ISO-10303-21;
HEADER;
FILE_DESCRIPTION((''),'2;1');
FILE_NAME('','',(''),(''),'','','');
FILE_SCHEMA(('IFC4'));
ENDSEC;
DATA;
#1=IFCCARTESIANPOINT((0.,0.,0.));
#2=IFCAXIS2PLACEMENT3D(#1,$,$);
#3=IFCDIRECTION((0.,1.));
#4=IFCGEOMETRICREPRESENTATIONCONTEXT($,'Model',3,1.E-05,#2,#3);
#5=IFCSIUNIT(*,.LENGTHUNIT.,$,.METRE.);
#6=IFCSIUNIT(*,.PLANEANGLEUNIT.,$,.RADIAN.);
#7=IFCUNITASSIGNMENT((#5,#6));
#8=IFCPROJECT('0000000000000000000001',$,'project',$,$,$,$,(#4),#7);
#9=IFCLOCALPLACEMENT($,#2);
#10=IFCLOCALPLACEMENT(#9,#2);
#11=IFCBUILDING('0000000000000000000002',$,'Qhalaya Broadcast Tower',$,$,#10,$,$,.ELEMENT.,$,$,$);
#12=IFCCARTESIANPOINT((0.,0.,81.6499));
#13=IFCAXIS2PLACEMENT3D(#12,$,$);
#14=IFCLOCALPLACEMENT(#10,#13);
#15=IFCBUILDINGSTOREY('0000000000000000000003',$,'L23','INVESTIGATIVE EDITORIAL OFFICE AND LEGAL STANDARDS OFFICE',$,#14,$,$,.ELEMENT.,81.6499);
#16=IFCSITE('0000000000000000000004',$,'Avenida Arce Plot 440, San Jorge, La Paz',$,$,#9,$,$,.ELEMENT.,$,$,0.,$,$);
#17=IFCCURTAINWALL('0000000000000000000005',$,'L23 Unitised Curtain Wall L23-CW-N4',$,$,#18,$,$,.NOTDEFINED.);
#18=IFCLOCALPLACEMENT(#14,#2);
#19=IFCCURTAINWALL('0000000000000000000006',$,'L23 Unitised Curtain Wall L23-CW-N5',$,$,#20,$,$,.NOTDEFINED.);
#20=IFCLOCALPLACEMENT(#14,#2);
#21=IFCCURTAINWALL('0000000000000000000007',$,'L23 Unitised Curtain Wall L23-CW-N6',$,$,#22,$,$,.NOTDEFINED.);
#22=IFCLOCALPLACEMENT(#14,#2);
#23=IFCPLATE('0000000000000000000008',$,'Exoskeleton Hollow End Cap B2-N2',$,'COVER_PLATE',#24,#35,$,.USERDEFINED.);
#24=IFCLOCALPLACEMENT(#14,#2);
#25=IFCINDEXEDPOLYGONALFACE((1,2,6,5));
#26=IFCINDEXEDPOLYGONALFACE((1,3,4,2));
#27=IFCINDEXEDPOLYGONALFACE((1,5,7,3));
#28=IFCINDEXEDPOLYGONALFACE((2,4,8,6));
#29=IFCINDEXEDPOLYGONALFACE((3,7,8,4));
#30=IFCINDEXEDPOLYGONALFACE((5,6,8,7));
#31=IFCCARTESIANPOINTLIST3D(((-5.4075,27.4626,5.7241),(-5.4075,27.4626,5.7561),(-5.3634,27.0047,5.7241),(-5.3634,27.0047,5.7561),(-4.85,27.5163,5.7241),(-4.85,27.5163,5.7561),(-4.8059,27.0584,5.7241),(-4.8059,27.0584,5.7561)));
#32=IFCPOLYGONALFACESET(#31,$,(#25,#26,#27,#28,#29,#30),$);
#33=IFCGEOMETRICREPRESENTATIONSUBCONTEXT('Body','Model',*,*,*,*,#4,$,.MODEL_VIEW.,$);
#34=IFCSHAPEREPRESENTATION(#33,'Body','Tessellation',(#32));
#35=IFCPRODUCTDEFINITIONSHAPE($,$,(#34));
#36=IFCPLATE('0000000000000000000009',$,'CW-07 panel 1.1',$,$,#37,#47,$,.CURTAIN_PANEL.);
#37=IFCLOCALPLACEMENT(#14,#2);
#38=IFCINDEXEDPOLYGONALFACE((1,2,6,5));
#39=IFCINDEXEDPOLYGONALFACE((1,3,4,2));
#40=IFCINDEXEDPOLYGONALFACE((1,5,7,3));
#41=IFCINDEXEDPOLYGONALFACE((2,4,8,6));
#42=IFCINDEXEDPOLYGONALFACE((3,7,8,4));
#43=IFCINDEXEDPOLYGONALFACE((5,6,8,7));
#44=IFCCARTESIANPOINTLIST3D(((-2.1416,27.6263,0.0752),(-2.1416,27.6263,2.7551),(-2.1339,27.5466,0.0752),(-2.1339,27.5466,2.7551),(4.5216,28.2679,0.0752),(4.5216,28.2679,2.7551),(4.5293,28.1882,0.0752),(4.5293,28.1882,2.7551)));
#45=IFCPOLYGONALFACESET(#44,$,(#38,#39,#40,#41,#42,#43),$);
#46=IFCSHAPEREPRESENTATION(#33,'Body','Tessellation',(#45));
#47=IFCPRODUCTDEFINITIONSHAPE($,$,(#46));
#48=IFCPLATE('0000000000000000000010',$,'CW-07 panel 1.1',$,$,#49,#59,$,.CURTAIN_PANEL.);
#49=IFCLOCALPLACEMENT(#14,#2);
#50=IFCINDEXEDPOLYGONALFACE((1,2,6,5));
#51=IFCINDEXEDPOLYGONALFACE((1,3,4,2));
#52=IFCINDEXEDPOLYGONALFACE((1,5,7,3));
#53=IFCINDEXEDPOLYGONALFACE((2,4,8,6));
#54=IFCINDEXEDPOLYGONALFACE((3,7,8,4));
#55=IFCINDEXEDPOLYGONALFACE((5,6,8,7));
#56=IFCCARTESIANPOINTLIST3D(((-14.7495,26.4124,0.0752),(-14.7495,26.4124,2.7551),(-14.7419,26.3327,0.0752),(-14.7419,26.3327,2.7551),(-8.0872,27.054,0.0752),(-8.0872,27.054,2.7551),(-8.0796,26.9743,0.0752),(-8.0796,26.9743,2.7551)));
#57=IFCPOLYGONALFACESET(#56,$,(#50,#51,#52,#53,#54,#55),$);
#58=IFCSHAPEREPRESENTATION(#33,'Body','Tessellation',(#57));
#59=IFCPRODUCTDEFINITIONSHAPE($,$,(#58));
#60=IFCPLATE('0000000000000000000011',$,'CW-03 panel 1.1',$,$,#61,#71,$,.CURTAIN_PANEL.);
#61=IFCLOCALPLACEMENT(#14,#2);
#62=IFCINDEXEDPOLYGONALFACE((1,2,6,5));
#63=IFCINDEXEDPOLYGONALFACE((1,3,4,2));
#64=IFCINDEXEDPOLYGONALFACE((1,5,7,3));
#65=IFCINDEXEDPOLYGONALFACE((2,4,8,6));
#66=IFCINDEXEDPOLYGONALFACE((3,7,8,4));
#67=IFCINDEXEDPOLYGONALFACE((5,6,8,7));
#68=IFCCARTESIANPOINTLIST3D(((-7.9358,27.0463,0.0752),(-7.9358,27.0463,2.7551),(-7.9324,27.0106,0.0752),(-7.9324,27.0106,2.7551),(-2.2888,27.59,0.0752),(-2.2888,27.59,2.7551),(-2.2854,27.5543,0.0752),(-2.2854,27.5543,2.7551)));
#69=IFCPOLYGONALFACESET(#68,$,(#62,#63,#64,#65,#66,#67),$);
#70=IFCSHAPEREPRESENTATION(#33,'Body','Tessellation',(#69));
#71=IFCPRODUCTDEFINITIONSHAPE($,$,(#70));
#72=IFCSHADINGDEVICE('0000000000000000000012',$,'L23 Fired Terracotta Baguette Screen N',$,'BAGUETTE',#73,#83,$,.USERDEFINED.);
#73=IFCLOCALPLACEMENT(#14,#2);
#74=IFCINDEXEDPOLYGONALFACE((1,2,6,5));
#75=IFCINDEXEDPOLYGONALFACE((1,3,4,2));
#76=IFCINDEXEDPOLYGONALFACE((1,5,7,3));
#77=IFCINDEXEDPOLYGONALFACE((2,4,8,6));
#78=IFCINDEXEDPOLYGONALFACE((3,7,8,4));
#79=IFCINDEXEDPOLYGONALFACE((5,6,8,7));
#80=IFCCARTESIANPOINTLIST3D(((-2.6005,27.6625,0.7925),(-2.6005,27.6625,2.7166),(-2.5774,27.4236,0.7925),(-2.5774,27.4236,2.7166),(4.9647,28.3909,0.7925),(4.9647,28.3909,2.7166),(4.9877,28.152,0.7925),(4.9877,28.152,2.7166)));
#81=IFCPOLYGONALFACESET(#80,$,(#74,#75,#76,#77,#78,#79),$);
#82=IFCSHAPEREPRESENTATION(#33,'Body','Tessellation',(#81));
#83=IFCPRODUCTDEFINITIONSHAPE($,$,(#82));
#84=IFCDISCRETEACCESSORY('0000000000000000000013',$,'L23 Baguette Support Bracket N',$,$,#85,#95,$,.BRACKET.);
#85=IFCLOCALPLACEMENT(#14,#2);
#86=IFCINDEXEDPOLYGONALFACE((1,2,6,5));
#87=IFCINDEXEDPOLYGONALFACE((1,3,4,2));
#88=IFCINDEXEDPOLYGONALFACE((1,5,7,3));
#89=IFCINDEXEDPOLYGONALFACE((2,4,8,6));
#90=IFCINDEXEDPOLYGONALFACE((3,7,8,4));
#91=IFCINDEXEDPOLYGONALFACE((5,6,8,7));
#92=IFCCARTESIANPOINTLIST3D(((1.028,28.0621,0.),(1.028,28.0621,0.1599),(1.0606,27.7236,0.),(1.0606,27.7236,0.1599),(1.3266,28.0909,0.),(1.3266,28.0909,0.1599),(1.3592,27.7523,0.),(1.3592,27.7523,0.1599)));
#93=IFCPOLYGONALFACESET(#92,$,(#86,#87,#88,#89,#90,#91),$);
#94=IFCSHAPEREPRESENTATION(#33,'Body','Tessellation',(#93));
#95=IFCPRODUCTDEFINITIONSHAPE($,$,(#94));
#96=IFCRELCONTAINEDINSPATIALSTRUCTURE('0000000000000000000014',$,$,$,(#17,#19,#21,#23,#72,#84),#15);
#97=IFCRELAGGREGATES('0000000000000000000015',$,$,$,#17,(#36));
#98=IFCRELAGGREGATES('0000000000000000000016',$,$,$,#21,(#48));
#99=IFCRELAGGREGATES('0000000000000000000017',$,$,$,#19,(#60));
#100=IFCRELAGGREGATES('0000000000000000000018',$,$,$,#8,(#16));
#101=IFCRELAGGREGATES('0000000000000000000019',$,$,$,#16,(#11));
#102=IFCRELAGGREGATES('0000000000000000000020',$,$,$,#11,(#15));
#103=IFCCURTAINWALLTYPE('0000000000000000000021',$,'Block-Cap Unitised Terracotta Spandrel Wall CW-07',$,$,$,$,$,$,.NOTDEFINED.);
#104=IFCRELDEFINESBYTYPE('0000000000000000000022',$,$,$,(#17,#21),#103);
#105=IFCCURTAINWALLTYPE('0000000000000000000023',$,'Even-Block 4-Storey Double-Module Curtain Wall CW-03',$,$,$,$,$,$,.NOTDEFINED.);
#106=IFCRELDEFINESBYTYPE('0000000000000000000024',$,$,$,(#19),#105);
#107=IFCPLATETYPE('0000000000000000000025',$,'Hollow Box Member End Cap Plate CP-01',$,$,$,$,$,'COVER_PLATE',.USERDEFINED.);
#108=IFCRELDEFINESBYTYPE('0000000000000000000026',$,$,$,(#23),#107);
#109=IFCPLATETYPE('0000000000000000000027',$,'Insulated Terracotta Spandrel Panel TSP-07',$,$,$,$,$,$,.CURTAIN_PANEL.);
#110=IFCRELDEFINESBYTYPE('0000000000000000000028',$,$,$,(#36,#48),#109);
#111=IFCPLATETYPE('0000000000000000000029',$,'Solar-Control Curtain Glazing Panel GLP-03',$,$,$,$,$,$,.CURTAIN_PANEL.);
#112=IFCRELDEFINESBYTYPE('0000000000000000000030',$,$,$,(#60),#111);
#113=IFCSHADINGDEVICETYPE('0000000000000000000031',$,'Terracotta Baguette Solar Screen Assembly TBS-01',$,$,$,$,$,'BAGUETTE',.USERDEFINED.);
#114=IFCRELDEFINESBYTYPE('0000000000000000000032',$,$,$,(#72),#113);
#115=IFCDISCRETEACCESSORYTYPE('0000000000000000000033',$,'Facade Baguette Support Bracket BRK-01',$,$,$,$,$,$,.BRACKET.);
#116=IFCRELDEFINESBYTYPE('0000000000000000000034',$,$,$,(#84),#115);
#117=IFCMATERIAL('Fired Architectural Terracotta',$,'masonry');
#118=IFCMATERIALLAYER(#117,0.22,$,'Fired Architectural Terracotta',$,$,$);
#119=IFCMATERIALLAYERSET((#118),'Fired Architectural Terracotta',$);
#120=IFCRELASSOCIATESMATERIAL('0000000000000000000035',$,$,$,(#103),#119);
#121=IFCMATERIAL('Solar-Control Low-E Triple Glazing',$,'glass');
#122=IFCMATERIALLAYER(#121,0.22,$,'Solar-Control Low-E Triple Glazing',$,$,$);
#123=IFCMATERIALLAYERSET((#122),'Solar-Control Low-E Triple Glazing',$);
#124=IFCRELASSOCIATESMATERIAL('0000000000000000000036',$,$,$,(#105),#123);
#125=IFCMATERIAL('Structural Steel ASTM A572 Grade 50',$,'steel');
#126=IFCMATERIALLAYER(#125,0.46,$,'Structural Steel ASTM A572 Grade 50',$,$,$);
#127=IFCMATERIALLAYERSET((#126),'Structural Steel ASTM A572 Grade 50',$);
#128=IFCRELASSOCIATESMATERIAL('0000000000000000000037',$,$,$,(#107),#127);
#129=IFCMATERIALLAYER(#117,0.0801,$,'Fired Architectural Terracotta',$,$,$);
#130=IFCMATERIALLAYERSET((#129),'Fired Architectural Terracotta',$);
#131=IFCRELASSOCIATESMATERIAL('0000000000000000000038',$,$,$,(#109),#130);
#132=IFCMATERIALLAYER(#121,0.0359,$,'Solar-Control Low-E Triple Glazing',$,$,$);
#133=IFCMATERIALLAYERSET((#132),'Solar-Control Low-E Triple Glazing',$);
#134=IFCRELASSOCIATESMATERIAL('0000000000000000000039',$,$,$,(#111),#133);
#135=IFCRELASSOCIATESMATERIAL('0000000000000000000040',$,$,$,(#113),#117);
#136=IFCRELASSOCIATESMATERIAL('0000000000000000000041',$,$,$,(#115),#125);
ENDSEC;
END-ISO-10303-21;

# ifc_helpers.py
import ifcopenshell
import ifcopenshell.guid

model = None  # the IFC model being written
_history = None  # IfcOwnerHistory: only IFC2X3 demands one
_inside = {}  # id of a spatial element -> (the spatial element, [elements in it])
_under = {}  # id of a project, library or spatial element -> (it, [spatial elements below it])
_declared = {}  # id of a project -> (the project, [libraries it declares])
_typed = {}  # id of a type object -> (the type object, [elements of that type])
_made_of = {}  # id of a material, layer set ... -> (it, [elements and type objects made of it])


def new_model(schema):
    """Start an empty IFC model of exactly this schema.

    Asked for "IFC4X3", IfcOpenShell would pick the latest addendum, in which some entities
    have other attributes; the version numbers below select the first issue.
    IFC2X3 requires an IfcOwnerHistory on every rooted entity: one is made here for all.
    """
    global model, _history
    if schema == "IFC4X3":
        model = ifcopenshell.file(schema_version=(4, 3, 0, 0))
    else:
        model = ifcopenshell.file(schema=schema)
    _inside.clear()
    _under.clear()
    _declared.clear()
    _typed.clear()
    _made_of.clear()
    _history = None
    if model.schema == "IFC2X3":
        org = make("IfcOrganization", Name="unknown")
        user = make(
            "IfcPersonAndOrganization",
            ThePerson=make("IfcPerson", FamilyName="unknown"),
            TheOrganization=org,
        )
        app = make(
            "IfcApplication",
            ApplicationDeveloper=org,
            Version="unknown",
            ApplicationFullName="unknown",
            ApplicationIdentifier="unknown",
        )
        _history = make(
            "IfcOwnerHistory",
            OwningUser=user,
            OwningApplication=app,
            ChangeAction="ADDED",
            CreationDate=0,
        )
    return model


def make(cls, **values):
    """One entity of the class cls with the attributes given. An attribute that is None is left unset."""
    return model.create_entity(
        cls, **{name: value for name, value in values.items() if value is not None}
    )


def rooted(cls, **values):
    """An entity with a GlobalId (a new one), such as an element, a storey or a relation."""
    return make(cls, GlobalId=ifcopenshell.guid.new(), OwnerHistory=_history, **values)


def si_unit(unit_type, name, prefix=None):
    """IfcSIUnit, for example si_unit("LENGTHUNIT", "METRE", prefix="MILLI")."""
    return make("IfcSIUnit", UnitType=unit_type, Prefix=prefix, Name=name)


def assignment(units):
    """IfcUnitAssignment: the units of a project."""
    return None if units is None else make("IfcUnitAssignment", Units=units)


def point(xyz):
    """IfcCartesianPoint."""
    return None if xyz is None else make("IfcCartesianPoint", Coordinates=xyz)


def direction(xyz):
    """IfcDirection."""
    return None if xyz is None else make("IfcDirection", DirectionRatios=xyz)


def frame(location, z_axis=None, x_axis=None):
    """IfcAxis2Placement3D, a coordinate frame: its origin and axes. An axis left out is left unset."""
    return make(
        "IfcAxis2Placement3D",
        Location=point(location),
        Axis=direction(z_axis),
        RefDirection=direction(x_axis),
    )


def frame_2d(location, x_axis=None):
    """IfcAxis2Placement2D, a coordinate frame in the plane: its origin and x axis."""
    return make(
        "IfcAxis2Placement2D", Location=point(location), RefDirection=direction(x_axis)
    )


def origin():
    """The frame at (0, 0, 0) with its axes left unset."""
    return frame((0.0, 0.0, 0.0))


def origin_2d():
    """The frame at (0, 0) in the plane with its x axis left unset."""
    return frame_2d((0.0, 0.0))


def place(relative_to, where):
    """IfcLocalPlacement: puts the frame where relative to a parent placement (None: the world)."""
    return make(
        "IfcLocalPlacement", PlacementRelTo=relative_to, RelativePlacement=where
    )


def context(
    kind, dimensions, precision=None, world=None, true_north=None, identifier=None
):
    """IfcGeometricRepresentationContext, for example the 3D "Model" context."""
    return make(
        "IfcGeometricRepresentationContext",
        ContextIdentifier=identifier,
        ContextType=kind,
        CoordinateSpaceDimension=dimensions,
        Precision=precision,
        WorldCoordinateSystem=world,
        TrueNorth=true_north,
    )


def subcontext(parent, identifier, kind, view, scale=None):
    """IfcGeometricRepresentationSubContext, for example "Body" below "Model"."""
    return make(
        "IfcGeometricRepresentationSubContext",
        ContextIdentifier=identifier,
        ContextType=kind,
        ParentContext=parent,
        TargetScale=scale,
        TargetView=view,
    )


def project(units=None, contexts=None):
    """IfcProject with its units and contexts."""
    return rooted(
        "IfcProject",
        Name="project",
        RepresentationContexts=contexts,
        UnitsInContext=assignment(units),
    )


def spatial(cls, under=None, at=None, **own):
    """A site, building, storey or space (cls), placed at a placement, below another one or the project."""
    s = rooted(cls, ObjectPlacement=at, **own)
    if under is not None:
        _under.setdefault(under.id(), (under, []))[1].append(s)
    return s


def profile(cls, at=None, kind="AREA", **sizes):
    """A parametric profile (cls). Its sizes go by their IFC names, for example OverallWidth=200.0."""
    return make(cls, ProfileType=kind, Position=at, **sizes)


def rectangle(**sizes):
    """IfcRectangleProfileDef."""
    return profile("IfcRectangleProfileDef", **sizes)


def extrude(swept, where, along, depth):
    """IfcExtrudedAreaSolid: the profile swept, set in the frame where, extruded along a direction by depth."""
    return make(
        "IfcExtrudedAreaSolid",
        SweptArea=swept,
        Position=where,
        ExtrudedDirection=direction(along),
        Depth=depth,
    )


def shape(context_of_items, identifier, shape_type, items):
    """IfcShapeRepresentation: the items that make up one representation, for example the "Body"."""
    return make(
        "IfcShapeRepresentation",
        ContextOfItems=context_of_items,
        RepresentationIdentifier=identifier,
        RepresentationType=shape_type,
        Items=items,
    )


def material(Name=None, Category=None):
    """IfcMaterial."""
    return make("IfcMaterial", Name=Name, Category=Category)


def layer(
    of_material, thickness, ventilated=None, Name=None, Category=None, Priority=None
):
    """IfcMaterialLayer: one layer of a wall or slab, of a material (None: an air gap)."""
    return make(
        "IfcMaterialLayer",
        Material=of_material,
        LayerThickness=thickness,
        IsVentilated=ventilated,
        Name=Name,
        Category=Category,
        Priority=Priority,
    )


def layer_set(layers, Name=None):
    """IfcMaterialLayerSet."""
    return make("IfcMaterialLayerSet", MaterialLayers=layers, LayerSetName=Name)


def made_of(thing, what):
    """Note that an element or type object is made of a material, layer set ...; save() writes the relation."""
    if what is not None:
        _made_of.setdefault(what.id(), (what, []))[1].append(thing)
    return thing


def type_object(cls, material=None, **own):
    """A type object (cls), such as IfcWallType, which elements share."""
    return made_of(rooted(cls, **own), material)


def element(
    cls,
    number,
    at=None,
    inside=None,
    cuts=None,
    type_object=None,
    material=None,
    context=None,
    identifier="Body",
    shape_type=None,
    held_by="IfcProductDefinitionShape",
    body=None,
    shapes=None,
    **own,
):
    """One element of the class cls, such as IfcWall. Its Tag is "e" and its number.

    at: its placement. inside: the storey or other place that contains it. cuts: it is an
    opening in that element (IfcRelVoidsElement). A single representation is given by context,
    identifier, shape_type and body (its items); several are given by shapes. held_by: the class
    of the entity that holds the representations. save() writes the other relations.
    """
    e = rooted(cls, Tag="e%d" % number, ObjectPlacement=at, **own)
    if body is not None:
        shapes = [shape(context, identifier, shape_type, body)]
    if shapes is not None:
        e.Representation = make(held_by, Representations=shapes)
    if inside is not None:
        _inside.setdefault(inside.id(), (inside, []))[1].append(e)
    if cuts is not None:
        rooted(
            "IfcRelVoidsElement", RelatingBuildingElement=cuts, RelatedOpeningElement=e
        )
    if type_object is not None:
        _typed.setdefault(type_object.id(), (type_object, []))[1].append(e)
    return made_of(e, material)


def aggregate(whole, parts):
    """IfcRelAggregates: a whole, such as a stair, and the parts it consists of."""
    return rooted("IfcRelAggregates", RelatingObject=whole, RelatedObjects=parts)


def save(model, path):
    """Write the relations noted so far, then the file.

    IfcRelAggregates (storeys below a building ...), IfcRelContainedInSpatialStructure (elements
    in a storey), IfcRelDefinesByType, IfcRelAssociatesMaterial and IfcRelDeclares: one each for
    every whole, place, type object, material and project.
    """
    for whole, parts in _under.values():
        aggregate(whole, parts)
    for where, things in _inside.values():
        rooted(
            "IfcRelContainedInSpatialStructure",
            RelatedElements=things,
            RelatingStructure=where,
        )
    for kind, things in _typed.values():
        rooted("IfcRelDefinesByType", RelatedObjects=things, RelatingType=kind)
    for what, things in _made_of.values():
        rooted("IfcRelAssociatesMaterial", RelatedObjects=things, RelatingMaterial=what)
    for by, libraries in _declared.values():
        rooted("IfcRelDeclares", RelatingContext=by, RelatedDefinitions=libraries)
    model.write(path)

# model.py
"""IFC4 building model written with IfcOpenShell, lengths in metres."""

from ifc_helpers import new_model, si_unit, direction, frame, origin, origin_2d, place, context, subcontext, project, spatial, rectangle, extrude, material, layer, layer_set, type_object, element, aggregate, save


model = new_model("IFC4")

# Units and contexts
model_context = context("Model", 3, precision=1e-05, world=origin(), true_north=direction((0.0, 1.0)))
body_context = subcontext(model_context, "Body", "Model", "MODEL_VIEW")
ifc_project = project(units=[si_unit("LENGTHUNIT", "METRE"), si_unit("PLANEANGLEUNIT", "RADIAN")], contexts=[model_context])

# Site, building, storey
site_placement = place(None, origin())
site = spatial("IfcSite", under=ifc_project, at=site_placement, Name="Avenida Arce Plot 440, San Jorge, La Paz", CompositionType="ELEMENT", RefElevation=0.0)
building_placement = place(site_placement, origin())
building = spatial("IfcBuilding", under=site, at=building_placement, Name="Qhalaya Broadcast Tower", CompositionType="ELEMENT")
storey_placement = place(building_placement, frame((0.0, 0.0, 81.6499)))
storey = spatial("IfcBuildingStorey", under=building, at=storey_placement, Name="L23", Description="INVESTIGATIVE EDITORIAL OFFICE AND LEGAL STANDARDS OFFICE", CompositionType="ELEMENT", Elevation=81.6499)

# Shared definitions
ifc_material_1 = material(Name="Structural Steel ASTM A572 Grade 50", Category="steel")

# Curtain wall
ifc_material_2 = material(Name="Fired Architectural Terracotta", Category="masonry")
ifc_layer_1 = layer(ifc_material_2, 0.22, Name="Fired Architectural Terracotta")
ifc_layer_set_1 = layer_set([ifc_layer_1], Name="Fired Architectural Terracotta")
curtain_wall_type_1 = type_object("IfcCurtainWallType", Name="Block-Cap Unitised Terracotta Spandrel Wall CW-07", PredefinedType="NOTDEFINED", material=ifc_layer_set_1)
curtain_wall_1_placement = place(storey_placement, origin())
curtain_wall_1 = element("IfcCurtainWall", 1, at=curtain_wall_1_placement, inside=storey, type_object=curtain_wall_type_1, Name="L23 Unitised Curtain Wall L23-CW-N4", PredefinedType="NOTDEFINED")

# Curtain walls
ifc_material_3 = material(Name="Solar-Control Low-E Triple Glazing", Category="glass")
ifc_layer_2 = layer(ifc_material_3, 0.22, Name="Solar-Control Low-E Triple Glazing")
ifc_layer_set_2 = layer_set([ifc_layer_2], Name="Solar-Control Low-E Triple Glazing")
curtain_wall_type_2 = type_object("IfcCurtainWallType", Name="Even-Block 4-Storey Double-Module Curtain Wall CW-03", PredefinedType="NOTDEFINED", material=ifc_layer_set_2)
curtain_wall_2_placement = place(storey_placement, origin())
curtain_wall_2 = element("IfcCurtainWall", 2, at=curtain_wall_2_placement, inside=storey, type_object=curtain_wall_type_2, Name="L23 Unitised Curtain Wall L23-CW-N5", PredefinedType="NOTDEFINED")
curtain_wall_3_placement = place(storey_placement, origin())
curtain_wall_3 = element("IfcCurtainWall", 3, at=curtain_wall_3_placement, inside=storey, type_object=curtain_wall_type_1, Name="L23 Unitised Curtain Wall L23-CW-N6", PredefinedType="NOTDEFINED")

# Plate
ifc_layer_3 = layer(ifc_material_1, 0.46, Name="Structural Steel ASTM A572 Grade 50")
ifc_layer_set_3 = layer_set([ifc_layer_3], Name="Structural Steel ASTM A572 Grade 50")
plate_type_1 = type_object("IfcPlateType", Name="Hollow Box Member End Cap Plate CP-01", ElementType="COVER_PLATE", PredefinedType="USERDEFINED", material=ifc_layer_set_3)
plate_1_placement = place(storey_placement, frame((-5.1067, 27.2605, 5.7241), z_axis=(0.0, 0.0, 1.0), x_axis=(0.995396, 0.095846, 0.0)))
element("IfcPlate", 4, at=plate_1_placement, inside=storey, type_object=plate_type_1, Name="Exoskeleton Hollow End Cap B2-N2", ObjectType="COVER_PLATE", PredefinedType="USERDEFINED", context=body_context, shape_type="SweptSolid", body=[
    extrude(rectangle(XDim=0.5601, YDim=0.46, at=origin_2d()), origin(), (0.0, 0.0, 1.0), 0.032),
])

# Plates
ifc_layer_4 = layer(ifc_material_2, 0.0801, Name="Fired Architectural Terracotta")
ifc_layer_set_4 = layer_set([ifc_layer_4], Name="Fired Architectural Terracotta")
plate_type_2 = type_object("IfcPlateType", Name="Insulated Terracotta Spandrel Panel TSP-07", PredefinedType="CURTAIN_PANEL", material=ifc_layer_set_4)
plate_2_placement = place(storey_placement, frame((1.1938, 27.9072, 0.0752), z_axis=(0.0, 0.0, 1.0), x_axis=(-0.995396, -0.09585, 0.0)))
plate_2 = element("IfcPlate", 5, at=plate_2_placement, type_object=plate_type_2, Name="CW-07 panel 1.1", PredefinedType="CURTAIN_PANEL", context=body_context, shape_type="SweptSolid", body=[
    extrude(rectangle(XDim=6.6941, YDim=0.0801, at=origin_2d()), origin(), (0.0, 0.0, 1.0), 2.6799),
])
aggregate(curtain_wall_1, [plate_2])
plate_3_placement = place(storey_placement, frame((-11.4146, 26.6934, 0.0752), z_axis=(0.0, 0.0, 1.0), x_axis=(-0.995396, -0.09585, 0.0)))
plate_3 = element("IfcPlate", 6, at=plate_3_placement, type_object=plate_type_2, Name="CW-07 panel 1.1", PredefinedType="CURTAIN_PANEL", context=body_context, shape_type="SweptSolid", body=[
    extrude(rectangle(XDim=6.6931, YDim=0.0801, at=origin_2d()), origin(), (0.0, 0.0, 1.0), 2.6799),
])
aggregate(curtain_wall_3, [plate_3])
ifc_layer_5 = layer(ifc_material_3, 0.0359, Name="Solar-Control Low-E Triple Glazing")
ifc_layer_set_5 = layer_set([ifc_layer_5], Name="Solar-Control Low-E Triple Glazing")
plate_type_3 = type_object("IfcPlateType", Name="Solar-Control Curtain Glazing Panel GLP-03", PredefinedType="CURTAIN_PANEL", material=ifc_layer_set_5)
plate_4_placement = place(storey_placement, frame((-5.1106, 27.3003, 0.0752), z_axis=(0.0, 0.0, 1.0), x_axis=(-0.995396, -0.095844, 0.0)))
plate_4 = element("IfcPlate", 7, at=plate_4_placement, type_object=plate_type_3, Name="CW-03 panel 1.1", PredefinedType="CURTAIN_PANEL", context=body_context, shape_type="SweptSolid", body=[
    extrude(rectangle(XDim=5.6731, YDim=0.0359, at=origin_2d()), origin(), (0.0, 0.0, 1.0), 2.6799),
])
aggregate(curtain_wall_2, [plate_4])

# Shading device
shading_device_type = type_object("IfcShadingDeviceType", Name="Terracotta Baguette Solar Screen Assembly TBS-01", ElementType="BAGUETTE", PredefinedType="USERDEFINED", material=ifc_material_2)
shading_device_placement = place(storey_placement, frame((1.1936, 27.9072, 0.7925), z_axis=(0.0, 0.0, 1.0), x_axis=(-0.995396, -0.095846, 0.0)))
element("IfcShadingDevice", 8, at=shading_device_placement, inside=storey, type_object=shading_device_type, Name="L23 Fired Terracotta Baguette Screen N", ObjectType="BAGUETTE", PredefinedType="USERDEFINED", context=body_context, shape_type="SweptSolid", body=[
    extrude(rectangle(XDim=7.6001, YDim=0.24, at=origin_2d()), origin(), (0.0, 0.0, 1.0), 1.9241),
])

# Discrete accessory
discrete_accessory_type = type_object("IfcDiscreteAccessoryType", Name="Facade Baguette Support Bracket BRK-01", PredefinedType="BRACKET", material=ifc_material_1)
discrete_accessory_placement = place(storey_placement, frame((1.1936, 27.9072, 0.0), z_axis=(0.0, 0.0, 1.0), x_axis=(-0.995396, -0.095846, 0.0)))
element("IfcDiscreteAccessory", 9, at=discrete_accessory_placement, inside=storey, type_object=discrete_accessory_type, Name="L23 Baguette Support Bracket N", PredefinedType="BRACKET", context=body_context, shape_type="SweptSolid", body=[
    extrude(rectangle(XDim=0.3, YDim=0.3401, at=origin_2d()), origin(), (0.0, 0.0, 1.0), 0.1599),
])

save(model, "model.ifc")
